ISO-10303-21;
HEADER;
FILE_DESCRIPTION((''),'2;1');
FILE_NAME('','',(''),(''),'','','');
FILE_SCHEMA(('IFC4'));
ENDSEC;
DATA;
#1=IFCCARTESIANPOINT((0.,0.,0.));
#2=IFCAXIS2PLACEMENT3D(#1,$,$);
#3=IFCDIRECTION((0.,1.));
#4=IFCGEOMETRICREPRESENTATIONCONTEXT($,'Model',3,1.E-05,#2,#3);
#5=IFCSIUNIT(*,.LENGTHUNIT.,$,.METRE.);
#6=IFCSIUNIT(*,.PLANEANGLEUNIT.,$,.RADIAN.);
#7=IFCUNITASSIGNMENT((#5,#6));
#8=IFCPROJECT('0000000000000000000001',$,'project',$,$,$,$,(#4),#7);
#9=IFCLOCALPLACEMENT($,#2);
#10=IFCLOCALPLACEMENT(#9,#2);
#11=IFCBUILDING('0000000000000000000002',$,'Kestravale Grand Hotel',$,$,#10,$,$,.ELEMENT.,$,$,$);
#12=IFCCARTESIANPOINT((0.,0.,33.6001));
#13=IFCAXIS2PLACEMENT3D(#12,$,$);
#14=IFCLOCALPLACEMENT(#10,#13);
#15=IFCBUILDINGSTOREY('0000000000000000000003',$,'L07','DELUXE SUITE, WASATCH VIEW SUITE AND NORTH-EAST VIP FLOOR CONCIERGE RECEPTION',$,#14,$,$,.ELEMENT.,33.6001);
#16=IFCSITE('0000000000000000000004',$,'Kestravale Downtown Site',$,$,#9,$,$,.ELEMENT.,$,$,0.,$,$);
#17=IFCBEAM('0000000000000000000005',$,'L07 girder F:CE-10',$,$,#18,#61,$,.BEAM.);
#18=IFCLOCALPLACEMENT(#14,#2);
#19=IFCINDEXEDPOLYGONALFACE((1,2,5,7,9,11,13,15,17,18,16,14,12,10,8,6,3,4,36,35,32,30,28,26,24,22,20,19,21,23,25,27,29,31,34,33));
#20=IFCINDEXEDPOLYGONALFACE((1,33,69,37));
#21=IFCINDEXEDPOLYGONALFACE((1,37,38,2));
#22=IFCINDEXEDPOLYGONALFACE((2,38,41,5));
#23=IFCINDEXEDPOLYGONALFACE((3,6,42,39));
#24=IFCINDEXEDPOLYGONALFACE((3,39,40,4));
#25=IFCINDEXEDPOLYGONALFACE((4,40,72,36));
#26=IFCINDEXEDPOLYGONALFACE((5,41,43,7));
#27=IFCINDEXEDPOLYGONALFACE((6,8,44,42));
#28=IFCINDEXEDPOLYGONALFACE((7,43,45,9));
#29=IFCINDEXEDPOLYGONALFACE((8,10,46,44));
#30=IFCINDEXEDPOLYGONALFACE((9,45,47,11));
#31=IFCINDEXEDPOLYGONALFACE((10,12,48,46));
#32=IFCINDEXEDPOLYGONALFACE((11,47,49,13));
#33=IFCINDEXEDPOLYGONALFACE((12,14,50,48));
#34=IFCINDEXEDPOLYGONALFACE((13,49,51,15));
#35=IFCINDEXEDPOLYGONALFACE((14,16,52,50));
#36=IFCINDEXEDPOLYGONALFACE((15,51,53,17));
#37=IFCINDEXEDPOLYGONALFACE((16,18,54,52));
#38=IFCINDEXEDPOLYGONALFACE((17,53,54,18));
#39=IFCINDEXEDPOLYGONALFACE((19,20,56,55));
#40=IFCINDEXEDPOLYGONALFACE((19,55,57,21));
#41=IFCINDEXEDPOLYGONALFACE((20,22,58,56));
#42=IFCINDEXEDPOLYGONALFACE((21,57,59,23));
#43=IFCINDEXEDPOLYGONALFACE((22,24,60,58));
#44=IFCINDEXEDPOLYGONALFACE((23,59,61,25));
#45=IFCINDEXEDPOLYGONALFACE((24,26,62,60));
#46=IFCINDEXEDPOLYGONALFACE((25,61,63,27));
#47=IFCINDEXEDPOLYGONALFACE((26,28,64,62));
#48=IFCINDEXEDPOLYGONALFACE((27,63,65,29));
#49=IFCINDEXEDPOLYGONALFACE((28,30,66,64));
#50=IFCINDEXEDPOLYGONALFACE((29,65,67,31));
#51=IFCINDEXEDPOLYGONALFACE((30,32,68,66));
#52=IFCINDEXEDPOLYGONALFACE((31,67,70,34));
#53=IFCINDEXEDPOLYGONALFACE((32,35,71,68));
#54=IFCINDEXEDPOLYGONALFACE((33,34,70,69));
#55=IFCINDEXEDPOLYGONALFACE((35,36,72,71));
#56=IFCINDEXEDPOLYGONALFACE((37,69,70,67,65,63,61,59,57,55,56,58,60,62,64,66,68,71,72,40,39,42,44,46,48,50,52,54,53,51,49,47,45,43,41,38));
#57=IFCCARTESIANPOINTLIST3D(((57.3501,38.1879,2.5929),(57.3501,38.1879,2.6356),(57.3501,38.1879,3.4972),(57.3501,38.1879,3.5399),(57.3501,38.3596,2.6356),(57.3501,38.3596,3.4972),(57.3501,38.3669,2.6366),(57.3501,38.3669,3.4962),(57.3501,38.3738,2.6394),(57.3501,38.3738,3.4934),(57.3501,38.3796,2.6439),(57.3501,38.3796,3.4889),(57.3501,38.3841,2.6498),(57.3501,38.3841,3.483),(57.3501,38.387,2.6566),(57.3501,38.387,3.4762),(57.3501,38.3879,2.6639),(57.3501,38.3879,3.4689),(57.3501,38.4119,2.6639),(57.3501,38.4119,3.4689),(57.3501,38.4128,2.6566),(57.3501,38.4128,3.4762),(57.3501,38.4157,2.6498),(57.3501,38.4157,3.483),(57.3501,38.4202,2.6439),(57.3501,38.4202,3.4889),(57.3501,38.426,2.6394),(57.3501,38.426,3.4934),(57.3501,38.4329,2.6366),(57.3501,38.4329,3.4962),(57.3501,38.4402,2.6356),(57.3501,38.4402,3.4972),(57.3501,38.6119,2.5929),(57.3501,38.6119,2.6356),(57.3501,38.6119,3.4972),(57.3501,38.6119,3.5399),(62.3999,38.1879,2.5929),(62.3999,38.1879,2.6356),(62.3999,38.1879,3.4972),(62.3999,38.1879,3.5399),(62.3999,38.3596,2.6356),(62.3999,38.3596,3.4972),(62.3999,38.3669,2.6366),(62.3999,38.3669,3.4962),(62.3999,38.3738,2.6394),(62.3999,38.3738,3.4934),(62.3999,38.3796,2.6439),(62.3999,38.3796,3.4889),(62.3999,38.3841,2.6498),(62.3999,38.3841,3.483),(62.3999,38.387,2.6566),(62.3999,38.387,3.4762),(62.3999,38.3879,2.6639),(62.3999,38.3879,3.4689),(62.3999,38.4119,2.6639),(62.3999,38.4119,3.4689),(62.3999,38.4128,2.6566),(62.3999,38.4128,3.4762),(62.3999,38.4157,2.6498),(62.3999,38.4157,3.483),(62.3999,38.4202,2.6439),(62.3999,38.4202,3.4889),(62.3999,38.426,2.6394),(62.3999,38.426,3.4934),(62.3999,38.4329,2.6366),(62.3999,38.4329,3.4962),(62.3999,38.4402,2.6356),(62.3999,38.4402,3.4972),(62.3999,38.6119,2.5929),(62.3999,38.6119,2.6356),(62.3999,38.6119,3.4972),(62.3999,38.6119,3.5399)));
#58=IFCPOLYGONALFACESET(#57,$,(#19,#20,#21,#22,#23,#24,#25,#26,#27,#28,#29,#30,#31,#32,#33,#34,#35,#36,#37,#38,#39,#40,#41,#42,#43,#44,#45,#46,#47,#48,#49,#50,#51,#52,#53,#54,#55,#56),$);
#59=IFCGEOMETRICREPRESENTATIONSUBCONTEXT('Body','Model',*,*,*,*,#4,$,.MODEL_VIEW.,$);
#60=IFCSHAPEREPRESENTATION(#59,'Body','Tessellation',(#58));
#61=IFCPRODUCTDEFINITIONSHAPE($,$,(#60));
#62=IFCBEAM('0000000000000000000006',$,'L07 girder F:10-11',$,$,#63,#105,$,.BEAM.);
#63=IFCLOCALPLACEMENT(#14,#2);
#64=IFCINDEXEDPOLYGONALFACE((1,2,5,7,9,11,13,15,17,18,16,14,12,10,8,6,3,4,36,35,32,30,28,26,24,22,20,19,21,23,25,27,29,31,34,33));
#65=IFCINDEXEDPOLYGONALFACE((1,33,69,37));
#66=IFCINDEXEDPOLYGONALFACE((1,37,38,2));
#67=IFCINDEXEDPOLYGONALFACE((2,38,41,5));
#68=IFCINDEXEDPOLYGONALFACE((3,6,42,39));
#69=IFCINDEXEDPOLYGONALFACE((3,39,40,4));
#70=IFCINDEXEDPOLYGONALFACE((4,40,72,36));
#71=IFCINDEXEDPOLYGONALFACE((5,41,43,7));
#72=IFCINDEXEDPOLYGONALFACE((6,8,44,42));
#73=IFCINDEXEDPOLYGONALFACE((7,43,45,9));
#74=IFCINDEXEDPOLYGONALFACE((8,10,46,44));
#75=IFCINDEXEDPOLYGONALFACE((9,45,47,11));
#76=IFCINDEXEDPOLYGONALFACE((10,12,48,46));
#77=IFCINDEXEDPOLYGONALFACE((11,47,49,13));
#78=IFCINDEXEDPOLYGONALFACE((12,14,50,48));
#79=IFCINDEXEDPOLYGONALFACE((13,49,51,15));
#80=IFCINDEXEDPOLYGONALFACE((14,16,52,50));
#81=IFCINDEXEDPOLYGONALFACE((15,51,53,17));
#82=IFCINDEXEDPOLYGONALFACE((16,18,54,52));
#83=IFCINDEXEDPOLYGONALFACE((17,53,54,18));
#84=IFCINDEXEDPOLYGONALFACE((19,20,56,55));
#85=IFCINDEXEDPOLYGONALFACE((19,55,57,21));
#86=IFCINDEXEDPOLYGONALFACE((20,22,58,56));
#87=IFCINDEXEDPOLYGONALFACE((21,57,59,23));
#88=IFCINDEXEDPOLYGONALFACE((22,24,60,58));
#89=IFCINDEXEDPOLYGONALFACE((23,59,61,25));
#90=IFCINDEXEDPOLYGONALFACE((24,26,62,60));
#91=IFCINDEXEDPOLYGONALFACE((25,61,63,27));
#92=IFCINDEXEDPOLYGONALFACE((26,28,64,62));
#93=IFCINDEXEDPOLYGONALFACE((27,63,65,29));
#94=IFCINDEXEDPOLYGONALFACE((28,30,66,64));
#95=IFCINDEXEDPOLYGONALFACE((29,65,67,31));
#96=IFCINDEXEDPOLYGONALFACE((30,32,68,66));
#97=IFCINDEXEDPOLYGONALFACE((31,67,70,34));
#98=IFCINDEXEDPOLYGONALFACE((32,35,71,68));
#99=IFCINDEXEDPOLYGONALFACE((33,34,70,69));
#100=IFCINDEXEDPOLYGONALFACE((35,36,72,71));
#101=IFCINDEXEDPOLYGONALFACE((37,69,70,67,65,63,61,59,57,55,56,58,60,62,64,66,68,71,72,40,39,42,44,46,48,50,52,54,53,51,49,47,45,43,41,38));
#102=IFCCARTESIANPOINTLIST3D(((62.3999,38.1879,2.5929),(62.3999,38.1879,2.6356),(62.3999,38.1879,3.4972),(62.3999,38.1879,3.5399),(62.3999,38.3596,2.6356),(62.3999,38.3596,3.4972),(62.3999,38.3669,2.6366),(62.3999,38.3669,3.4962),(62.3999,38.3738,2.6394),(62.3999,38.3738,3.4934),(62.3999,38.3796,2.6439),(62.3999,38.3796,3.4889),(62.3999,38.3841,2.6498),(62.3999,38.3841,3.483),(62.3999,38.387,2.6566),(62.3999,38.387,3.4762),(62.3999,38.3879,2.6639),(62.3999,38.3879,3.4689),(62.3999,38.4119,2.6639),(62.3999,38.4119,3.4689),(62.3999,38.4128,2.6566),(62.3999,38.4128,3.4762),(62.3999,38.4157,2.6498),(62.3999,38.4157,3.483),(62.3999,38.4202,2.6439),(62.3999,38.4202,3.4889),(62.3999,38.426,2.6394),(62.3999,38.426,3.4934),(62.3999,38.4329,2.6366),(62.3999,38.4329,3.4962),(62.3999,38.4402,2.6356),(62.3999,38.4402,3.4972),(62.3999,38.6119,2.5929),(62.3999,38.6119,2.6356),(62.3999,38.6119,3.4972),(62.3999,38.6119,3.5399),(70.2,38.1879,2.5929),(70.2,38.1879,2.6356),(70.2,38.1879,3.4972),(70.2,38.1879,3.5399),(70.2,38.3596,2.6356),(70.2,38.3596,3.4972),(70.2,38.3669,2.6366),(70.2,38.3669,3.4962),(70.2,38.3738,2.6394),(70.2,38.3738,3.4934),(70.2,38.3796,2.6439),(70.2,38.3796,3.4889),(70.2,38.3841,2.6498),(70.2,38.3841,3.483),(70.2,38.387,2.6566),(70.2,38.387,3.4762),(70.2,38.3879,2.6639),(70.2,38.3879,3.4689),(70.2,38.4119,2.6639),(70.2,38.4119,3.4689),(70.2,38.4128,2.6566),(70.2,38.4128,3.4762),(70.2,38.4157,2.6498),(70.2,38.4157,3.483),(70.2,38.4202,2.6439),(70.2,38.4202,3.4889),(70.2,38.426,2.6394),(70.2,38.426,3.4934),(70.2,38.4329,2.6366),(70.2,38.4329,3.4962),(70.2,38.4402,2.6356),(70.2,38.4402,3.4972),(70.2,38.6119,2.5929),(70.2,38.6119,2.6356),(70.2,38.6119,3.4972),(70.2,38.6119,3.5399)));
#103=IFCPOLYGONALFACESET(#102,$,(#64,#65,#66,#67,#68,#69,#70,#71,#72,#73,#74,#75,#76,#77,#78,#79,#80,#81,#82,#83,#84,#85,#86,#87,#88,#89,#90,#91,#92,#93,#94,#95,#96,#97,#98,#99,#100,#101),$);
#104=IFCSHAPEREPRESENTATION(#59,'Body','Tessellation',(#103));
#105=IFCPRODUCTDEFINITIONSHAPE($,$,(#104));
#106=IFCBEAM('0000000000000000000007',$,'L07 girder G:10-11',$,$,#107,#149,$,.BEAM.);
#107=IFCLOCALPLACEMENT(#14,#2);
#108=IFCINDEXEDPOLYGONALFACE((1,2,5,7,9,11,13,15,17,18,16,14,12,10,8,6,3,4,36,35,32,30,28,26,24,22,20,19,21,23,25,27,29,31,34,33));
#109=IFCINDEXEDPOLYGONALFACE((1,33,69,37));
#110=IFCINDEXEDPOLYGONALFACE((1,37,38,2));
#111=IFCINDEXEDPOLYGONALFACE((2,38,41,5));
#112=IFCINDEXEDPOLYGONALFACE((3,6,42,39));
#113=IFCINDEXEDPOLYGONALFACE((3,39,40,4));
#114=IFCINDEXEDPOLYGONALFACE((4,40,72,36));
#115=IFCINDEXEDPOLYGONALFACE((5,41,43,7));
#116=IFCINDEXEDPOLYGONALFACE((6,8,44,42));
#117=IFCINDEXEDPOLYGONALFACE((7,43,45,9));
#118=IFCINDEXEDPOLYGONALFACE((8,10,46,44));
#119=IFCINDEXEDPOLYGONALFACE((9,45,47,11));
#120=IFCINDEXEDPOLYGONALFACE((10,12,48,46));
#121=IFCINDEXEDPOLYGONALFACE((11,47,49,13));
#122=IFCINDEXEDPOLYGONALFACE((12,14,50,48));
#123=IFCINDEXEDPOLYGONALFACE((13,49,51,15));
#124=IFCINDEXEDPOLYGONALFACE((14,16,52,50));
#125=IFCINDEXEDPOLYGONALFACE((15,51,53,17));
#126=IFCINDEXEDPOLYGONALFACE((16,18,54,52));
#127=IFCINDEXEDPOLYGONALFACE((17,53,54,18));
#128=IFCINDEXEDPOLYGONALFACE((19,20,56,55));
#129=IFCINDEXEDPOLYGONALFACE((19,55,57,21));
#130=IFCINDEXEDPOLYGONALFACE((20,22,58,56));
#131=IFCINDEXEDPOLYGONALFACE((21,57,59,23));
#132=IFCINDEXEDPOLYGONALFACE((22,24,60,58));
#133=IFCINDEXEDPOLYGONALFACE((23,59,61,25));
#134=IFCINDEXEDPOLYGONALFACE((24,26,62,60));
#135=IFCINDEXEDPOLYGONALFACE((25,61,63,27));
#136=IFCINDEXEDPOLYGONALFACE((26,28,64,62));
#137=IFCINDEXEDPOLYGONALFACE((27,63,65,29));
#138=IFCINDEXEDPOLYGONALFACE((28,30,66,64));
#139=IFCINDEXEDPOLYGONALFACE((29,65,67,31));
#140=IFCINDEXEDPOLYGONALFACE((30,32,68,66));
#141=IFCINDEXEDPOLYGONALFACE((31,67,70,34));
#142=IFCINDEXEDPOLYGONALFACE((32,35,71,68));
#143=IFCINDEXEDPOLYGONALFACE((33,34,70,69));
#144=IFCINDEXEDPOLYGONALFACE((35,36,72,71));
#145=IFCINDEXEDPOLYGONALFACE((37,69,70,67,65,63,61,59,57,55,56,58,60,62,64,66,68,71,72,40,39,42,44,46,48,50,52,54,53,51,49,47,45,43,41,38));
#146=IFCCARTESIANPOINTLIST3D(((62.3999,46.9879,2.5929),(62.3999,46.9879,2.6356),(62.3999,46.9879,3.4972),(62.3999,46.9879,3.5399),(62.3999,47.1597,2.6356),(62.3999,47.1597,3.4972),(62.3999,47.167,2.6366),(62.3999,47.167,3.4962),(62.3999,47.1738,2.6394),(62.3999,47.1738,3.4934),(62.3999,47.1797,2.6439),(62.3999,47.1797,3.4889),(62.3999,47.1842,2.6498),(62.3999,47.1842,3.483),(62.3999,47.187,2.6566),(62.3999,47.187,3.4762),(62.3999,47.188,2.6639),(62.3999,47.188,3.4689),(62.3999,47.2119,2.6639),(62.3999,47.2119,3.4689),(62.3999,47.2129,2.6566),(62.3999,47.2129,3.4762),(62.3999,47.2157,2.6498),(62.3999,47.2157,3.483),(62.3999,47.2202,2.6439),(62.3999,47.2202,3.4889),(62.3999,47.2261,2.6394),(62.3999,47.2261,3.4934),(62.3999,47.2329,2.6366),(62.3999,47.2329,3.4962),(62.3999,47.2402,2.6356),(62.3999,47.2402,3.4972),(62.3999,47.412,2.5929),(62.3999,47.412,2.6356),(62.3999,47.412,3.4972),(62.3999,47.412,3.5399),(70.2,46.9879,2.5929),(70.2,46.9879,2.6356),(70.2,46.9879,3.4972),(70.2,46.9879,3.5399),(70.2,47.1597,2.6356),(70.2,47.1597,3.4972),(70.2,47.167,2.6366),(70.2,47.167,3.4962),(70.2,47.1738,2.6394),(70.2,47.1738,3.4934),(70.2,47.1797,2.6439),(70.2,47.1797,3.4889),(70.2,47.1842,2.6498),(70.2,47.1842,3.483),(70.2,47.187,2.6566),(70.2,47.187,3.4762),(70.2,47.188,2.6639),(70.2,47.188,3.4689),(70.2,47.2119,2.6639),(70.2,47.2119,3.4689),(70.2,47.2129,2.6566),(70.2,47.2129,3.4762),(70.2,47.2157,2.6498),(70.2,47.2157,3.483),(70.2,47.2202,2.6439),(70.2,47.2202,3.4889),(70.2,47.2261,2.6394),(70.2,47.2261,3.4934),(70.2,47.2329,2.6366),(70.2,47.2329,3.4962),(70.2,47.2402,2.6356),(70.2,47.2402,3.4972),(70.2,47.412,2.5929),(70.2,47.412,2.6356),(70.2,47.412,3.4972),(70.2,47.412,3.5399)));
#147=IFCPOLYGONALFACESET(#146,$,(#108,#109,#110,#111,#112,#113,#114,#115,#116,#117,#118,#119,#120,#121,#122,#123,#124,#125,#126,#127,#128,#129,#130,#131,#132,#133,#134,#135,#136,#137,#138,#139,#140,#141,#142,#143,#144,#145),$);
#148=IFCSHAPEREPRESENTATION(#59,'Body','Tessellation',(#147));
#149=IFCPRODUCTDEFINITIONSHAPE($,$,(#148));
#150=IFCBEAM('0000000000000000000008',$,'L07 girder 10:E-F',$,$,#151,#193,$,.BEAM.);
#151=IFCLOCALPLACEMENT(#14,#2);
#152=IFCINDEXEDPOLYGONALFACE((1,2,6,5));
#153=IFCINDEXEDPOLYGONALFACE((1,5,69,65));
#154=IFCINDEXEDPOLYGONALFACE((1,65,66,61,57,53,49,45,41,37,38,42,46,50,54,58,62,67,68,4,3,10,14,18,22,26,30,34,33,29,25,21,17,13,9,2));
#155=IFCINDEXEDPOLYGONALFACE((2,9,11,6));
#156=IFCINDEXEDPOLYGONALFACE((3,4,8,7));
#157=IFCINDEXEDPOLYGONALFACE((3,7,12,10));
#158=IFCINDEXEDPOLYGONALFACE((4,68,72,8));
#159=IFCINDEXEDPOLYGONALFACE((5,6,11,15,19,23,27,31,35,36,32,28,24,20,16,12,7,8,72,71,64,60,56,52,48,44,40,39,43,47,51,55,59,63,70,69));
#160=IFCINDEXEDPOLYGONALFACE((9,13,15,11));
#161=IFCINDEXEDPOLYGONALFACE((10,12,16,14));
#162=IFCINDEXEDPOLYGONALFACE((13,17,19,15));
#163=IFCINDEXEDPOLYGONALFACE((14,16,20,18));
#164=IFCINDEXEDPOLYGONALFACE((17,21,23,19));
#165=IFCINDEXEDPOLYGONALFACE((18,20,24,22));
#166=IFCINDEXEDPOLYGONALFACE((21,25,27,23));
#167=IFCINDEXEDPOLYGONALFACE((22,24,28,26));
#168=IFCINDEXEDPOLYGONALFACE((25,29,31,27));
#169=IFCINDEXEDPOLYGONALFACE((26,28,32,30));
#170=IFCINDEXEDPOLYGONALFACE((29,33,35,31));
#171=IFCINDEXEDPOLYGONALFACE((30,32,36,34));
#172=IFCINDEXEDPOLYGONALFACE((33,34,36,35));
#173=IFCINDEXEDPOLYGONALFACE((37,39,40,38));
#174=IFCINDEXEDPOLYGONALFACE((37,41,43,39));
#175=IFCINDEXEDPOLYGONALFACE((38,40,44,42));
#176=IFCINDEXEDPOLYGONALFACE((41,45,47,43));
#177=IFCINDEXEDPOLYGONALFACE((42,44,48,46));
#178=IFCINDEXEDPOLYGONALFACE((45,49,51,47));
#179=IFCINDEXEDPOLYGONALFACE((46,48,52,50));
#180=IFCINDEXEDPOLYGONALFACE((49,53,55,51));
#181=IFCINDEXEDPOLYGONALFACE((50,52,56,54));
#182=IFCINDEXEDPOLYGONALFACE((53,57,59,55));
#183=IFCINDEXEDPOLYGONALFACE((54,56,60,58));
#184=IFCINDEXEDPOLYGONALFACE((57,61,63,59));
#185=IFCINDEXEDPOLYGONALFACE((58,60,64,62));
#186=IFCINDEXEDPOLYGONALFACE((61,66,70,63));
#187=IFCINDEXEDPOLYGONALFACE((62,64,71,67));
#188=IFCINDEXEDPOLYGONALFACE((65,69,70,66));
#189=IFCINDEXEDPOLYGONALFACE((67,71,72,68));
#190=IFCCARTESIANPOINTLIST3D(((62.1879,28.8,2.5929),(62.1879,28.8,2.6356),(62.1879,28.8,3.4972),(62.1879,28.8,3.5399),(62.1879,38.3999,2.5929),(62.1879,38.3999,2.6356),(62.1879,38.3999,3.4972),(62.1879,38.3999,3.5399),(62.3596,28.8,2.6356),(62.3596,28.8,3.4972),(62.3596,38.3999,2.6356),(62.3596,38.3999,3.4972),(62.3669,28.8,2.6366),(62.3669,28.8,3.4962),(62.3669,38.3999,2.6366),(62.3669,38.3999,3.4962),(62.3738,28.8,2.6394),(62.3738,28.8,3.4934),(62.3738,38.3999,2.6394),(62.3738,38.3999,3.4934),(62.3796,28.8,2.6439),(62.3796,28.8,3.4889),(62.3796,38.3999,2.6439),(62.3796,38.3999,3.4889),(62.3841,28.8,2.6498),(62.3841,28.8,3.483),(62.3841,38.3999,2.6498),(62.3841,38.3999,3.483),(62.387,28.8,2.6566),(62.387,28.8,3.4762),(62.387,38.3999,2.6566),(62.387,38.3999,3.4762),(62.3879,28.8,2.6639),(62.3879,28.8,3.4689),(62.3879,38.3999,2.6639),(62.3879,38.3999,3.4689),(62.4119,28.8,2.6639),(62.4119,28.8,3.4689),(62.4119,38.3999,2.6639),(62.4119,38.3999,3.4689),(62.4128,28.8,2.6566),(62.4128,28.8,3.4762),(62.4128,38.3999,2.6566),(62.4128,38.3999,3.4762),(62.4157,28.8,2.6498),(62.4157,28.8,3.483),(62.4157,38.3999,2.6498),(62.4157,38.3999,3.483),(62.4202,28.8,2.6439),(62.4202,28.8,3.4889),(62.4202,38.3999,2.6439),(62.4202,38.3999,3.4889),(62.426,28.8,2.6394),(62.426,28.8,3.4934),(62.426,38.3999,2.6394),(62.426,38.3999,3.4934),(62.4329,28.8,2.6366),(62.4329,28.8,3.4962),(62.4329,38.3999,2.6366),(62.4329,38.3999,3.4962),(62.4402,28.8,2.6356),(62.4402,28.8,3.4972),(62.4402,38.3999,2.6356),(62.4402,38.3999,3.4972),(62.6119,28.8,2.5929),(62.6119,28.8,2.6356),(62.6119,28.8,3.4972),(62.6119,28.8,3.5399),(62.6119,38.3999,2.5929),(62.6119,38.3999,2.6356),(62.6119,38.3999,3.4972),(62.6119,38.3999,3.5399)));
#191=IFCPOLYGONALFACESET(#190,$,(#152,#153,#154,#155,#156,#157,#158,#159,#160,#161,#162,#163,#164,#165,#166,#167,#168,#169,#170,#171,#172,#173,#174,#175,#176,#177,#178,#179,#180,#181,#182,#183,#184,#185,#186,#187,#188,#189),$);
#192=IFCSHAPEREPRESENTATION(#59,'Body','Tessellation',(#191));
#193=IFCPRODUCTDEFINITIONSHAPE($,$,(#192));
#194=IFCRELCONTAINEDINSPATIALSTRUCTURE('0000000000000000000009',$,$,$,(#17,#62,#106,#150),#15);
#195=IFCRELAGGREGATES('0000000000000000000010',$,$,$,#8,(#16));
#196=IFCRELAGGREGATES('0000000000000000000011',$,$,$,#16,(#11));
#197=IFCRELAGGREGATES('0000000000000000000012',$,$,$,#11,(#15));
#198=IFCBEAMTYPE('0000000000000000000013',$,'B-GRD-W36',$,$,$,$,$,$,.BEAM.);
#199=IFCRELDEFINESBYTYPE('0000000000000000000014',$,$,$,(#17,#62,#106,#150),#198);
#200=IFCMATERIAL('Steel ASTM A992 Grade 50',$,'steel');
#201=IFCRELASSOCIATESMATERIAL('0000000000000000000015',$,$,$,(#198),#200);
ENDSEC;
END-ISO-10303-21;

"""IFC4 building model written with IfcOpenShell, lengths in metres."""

from ifc_helpers import new_model, si_unit, direction, frame, origin, origin_2d, place, context, subcontext, project, spatial, i_section, extrude, material, material_profile, profile_set, type_object, element, save


model = new_model("IFC4")

# Units and contexts
model_context = context("Model", 3, precision=1e-05, world=origin(), true_north=direction((0.0, 1.0)))
body_context = subcontext(model_context, "Body", "Model", "MODEL_VIEW")
ifc_project = project(units=[si_unit("LENGTHUNIT", "METRE"), si_unit("PLANEANGLEUNIT", "RADIAN")], contexts=[model_context])

# Site, building, storey
site_placement = place(None, origin())
site = spatial("IfcSite", under=ifc_project, at=site_placement, Name="Kestravale Downtown Site", CompositionType="ELEMENT", RefElevation=0.0)
building_placement = place(site_placement, origin())
building = spatial("IfcBuilding", under=site, at=building_placement, Name="Kestravale Grand Hotel", CompositionType="ELEMENT")
storey_placement = place(building_placement, frame((0.0, 0.0, 33.6001)))
storey = spatial("IfcBuildingStorey", under=building, at=storey_placement, Name="L07", Description="DELUXE SUITE, WASATCH VIEW SUITE AND NORTH-EAST VIP FLOOR CONCIERGE RECEPTION", CompositionType="ELEMENT", Elevation=33.6001)

# Beams
ifc_material_1 = material(Name="Steel ASTM A992 Grade 50", Category="steel")
ifc_material_profile_1 = material_profile(ifc_material_1, i_section(OverallWidth=0.4241, OverallDepth=0.947, WebThickness=0.0239, FlangeThickness=0.0427, FilletRadius=0.0283, at=origin_2d()))
ifc_profile_set_1 = profile_set([ifc_material_profile_1], Name="Steel ASTM A992 Grade 50")
beam_type_1 = type_object("IfcBeamType", Name="B-GRD-W36", PredefinedType="BEAM", material=ifc_profile_set_1)
beam_1_placement = place(storey_placement, frame((57.3501, 38.3999, 3.0664), z_axis=(1.0, 0.0, 0.0), x_axis=(0.0, 1.0, 0.0)))
element("IfcBeam", 1, at=beam_1_placement, inside=storey, type_object=beam_type_1, Name="L07 girder F:CE-10", PredefinedType="BEAM", context=body_context, shape_type="SweptSolid", body=[
    extrude(i_section(OverallWidth=0.4241, OverallDepth=0.947, WebThickness=0.0239, FlangeThickness=0.0427, FilletRadius=0.0283, at=origin_2d()), origin(), (0.0, 0.0, 1.0), 5.0498),
])
for number, where, z_axis, x_axis, name in (
    (2, (62.3999, 38.3999, 3.0664), (1.0, 0.0, 0.0), (0.0, 1.0, 0.0), "L07 girder F:10-11"),
    (3, (62.3999, 47.2, 3.0664), (1.0, 0.0, 0.0), (0.0, 1.0, 0.0), "L07 girder G:10-11"),
):
    element("IfcBeam", number, at=place(storey_placement, frame(where, z_axis=z_axis, x_axis=x_axis)), inside=storey, type_object=beam_type_1, Name=name, PredefinedType="BEAM", context=body_context, shape_type="SweptSolid", body=[
        extrude(i_section(OverallWidth=0.4241, OverallDepth=0.947, WebThickness=0.0239, FlangeThickness=0.0427, FilletRadius=0.0283, at=origin_2d()), origin(), (0.0, 0.0, 1.0), 7.8),
    ])
beam_2_placement = place(storey_placement, frame((62.3999, 28.8, 3.0664), z_axis=(0.0, 1.0, 0.0), x_axis=(-1.0, 0.0, 0.0)))
element("IfcBeam", 4, at=beam_2_placement, inside=storey, type_object=beam_type_1, Name="L07 girder 10:E-F", PredefinedType="BEAM", context=body_context, shape_type="SweptSolid", body=[
    extrude(i_section(OverallWidth=0.4241, OverallDepth=0.947, WebThickness=0.0239, FlangeThickness=0.0427, FilletRadius=0.0283, at=origin_2d()), origin(), (0.0, 0.0, 1.0), 9.5999),
])

save(model, "model.ifc")
